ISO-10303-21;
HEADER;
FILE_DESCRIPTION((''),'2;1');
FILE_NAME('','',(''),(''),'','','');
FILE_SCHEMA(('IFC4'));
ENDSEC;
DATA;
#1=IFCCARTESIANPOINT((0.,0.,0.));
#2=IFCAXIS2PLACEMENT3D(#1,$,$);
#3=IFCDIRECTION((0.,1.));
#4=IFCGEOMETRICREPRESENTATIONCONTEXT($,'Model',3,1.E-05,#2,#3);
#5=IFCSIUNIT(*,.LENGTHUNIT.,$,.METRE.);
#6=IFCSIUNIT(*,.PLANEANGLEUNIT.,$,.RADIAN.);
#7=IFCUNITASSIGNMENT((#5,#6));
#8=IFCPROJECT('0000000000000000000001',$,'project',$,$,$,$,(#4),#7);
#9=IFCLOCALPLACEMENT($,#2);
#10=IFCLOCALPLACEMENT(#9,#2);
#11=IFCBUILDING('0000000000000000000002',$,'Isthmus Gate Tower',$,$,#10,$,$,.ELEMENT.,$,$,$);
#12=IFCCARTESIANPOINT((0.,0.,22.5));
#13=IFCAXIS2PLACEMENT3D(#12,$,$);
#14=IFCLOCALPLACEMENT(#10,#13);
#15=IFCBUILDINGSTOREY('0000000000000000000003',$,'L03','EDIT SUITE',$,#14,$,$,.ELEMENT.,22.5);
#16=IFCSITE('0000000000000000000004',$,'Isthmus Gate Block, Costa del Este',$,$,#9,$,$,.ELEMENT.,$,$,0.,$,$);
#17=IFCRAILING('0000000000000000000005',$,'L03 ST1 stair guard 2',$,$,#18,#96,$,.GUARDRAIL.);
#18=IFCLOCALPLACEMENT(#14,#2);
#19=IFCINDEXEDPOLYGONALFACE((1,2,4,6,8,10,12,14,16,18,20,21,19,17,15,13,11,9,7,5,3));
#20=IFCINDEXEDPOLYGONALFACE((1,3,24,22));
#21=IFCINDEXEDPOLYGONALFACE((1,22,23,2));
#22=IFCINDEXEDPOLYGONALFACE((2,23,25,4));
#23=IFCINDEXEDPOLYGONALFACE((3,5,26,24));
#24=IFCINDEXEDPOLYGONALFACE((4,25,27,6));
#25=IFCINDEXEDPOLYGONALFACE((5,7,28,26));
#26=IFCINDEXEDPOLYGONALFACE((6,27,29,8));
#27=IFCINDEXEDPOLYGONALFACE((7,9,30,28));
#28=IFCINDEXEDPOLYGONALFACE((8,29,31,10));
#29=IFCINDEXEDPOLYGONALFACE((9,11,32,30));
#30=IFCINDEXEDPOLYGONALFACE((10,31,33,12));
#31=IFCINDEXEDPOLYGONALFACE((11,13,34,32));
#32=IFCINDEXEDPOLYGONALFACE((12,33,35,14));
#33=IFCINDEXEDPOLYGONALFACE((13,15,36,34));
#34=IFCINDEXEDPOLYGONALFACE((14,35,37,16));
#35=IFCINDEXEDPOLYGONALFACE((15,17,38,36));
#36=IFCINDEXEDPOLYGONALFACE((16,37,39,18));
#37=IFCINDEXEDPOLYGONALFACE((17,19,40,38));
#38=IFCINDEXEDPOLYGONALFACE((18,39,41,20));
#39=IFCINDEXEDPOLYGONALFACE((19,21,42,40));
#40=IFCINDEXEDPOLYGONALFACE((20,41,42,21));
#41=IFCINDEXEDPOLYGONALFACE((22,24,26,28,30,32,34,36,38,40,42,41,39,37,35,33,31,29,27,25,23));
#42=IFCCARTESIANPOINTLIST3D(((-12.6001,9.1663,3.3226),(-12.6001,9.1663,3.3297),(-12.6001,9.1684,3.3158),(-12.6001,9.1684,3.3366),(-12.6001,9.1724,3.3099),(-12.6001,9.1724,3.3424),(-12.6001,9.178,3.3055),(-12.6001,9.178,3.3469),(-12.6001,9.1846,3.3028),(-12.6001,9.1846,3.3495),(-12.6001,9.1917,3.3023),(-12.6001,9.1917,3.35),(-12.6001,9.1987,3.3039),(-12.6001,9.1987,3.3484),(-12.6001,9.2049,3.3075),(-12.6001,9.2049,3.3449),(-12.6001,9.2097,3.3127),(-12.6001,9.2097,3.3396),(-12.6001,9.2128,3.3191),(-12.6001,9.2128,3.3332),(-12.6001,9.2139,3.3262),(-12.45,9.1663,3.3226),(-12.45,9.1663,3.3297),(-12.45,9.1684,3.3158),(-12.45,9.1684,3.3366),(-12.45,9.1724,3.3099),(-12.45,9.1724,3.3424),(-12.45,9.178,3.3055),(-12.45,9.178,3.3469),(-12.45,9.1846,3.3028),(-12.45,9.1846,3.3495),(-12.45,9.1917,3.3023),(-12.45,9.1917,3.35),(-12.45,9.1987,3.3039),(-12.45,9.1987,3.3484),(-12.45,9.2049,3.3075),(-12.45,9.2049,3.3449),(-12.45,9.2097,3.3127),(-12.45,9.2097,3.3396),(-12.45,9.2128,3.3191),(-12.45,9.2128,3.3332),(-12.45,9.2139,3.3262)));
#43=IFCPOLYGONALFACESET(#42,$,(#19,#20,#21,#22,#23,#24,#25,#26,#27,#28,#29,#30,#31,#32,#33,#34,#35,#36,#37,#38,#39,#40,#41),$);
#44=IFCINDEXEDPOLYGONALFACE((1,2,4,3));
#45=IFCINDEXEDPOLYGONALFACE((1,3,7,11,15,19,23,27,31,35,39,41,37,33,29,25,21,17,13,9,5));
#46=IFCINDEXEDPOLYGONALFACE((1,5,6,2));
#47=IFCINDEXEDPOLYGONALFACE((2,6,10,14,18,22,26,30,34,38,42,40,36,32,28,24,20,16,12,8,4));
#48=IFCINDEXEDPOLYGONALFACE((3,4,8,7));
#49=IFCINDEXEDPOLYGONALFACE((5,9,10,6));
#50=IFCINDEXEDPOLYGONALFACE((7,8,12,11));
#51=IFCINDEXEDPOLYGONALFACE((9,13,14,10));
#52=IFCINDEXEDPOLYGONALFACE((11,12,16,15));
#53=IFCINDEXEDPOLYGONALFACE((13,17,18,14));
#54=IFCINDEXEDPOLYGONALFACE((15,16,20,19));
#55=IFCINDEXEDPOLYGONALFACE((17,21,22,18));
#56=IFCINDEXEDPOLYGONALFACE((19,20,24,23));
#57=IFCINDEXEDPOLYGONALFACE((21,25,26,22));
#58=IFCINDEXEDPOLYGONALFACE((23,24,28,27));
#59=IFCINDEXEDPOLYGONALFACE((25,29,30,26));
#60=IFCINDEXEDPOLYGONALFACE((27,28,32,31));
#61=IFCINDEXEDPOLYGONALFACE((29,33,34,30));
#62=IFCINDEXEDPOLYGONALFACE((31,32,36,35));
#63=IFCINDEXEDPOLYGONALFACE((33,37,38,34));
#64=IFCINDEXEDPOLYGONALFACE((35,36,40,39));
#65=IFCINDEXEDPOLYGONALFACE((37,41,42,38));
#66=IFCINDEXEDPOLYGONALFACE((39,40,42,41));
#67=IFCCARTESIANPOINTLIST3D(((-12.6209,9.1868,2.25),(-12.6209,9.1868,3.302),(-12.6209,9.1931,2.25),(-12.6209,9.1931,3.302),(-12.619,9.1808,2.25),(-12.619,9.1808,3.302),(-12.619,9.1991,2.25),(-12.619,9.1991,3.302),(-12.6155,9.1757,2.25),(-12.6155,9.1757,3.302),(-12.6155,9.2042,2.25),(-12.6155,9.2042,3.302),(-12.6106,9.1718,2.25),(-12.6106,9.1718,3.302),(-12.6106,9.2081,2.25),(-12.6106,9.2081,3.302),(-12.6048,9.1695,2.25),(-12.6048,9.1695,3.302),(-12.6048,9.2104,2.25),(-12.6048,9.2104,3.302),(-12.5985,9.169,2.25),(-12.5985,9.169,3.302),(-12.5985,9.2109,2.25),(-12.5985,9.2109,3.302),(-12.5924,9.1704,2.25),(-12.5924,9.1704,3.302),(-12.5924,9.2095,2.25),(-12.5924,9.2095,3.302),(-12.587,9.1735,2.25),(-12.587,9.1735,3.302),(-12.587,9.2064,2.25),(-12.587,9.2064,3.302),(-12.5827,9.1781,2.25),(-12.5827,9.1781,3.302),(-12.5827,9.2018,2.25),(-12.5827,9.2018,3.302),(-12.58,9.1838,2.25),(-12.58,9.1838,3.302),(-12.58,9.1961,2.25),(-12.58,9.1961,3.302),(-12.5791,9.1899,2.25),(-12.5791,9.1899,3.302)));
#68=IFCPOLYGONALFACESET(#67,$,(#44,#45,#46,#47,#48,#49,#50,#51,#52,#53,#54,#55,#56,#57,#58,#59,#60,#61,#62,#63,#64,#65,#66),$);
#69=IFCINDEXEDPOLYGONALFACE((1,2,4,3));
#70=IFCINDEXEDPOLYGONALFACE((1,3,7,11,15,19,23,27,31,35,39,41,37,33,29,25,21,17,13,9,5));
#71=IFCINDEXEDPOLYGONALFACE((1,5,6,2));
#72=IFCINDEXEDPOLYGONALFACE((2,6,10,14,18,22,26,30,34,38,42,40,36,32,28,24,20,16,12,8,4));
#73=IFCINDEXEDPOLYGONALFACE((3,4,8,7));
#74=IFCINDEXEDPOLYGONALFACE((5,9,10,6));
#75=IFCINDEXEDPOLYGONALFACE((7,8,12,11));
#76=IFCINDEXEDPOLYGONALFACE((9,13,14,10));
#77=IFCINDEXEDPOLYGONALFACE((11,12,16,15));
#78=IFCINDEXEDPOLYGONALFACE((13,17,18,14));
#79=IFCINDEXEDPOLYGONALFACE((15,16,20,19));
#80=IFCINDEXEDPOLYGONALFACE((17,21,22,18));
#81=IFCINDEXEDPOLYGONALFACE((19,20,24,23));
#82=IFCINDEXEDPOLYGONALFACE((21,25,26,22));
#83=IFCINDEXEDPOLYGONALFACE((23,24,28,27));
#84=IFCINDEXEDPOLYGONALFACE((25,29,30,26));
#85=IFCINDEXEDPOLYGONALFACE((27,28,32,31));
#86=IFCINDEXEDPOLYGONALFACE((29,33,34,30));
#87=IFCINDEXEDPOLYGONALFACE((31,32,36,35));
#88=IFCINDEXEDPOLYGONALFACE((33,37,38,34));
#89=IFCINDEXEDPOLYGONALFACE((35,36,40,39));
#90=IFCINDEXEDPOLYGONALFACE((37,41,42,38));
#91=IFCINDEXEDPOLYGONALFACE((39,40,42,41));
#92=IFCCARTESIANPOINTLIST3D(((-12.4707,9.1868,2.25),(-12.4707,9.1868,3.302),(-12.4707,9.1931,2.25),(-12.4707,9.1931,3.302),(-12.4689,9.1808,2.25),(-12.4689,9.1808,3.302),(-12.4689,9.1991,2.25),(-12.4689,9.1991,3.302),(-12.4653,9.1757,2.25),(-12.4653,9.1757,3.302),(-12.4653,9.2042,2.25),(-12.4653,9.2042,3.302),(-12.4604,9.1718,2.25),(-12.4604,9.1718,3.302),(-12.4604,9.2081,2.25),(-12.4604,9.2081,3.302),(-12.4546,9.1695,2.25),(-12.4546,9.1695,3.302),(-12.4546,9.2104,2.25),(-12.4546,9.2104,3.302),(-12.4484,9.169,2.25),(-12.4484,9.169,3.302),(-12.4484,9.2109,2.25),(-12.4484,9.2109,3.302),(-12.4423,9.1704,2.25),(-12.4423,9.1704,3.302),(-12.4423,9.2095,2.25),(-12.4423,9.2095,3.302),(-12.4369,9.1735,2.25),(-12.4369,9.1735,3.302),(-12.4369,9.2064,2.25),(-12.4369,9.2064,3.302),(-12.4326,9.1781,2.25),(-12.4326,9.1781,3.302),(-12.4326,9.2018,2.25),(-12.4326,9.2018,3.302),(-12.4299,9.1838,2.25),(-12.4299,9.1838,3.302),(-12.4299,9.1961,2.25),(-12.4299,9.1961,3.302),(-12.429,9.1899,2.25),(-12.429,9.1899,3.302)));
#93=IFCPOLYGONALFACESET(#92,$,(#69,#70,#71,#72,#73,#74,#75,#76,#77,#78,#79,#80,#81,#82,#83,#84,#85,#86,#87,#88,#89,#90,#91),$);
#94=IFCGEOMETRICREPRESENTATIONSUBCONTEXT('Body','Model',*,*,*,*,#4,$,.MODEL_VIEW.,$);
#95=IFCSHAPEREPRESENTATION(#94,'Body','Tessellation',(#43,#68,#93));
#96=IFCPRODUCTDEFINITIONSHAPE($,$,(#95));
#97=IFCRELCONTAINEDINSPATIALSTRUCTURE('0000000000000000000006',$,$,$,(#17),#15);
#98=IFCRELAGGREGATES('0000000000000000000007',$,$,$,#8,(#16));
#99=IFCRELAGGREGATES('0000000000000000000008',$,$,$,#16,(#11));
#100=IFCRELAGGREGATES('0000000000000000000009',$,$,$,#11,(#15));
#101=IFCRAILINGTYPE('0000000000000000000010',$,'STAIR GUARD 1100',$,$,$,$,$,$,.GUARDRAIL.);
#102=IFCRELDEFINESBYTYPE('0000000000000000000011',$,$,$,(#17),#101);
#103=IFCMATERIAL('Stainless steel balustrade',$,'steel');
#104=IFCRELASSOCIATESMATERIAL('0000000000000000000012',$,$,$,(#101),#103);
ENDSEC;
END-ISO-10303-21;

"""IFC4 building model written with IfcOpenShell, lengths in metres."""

from ifc_helpers import new_model, si_unit, direction, frame, origin, origin_2d, place, context, subcontext, project, spatial, circle, extrude, material, type_object, element, save


model = new_model("IFC4")

# Units and contexts
model_context = context("Model", 3, precision=1e-05, world=origin(), true_north=direction((0.0, 1.0)))
body_context = subcontext(model_context, "Body", "Model", "MODEL_VIEW")
ifc_project = project(units=[si_unit("LENGTHUNIT", "METRE"), si_unit("PLANEANGLEUNIT", "RADIAN")], contexts=[model_context])

# Site, building, storey
site_placement = place(None, origin())
site = spatial("IfcSite", under=ifc_project, at=site_placement, Name="Isthmus Gate Block, Costa del Este", CompositionType="ELEMENT", RefElevation=0.0)
building_placement = place(site_placement, origin())
building = spatial("IfcBuilding", under=site, at=building_placement, Name="Isthmus Gate Tower", CompositionType="ELEMENT")
storey_placement = place(building_placement, frame((0.0, 0.0, 22.5)))
storey = spatial("IfcBuildingStorey", under=building, at=storey_placement, Name="L03", Description="EDIT SUITE", CompositionType="ELEMENT", Elevation=22.5)

# Railing
ifc_material_1 = material(Name="Stainless steel balustrade", Category="steel")
railing_type_1 = type_object("IfcRailingType", Name="STAIR GUARD 1100", PredefinedType="GUARDRAIL", material=ifc_material_1)
railing_1_placement = place(storey_placement, frame((-12.6001, 9.1899, 2.25)))
element("IfcRailing", 1, at=railing_1_placement, inside=storey, type_object=railing_type_1, Name="L03 ST1 stair guard 2", PredefinedType="GUARDRAIL", context=body_context, shape_type="SweptSolid", body=[
    extrude(circle(Radius=0.0239, at=origin_2d()), frame((0.0, 0.0, 1.0762), z_axis=(1.0, 0.0, 0.0), x_axis=(0.0, 1.0, 0.0)), (0.0, 0.0, 1.0), 0.1501),
    extrude(circle(Radius=0.021, at=origin_2d()), origin(), (0.0, 0.0, 1.0), 1.052),
    extrude(circle(Radius=0.021, at=origin_2d()), frame((0.1501, 0.0, 0.0)), (0.0, 0.0, 1.0), 1.052),
])

save(model, "model.ifc")
